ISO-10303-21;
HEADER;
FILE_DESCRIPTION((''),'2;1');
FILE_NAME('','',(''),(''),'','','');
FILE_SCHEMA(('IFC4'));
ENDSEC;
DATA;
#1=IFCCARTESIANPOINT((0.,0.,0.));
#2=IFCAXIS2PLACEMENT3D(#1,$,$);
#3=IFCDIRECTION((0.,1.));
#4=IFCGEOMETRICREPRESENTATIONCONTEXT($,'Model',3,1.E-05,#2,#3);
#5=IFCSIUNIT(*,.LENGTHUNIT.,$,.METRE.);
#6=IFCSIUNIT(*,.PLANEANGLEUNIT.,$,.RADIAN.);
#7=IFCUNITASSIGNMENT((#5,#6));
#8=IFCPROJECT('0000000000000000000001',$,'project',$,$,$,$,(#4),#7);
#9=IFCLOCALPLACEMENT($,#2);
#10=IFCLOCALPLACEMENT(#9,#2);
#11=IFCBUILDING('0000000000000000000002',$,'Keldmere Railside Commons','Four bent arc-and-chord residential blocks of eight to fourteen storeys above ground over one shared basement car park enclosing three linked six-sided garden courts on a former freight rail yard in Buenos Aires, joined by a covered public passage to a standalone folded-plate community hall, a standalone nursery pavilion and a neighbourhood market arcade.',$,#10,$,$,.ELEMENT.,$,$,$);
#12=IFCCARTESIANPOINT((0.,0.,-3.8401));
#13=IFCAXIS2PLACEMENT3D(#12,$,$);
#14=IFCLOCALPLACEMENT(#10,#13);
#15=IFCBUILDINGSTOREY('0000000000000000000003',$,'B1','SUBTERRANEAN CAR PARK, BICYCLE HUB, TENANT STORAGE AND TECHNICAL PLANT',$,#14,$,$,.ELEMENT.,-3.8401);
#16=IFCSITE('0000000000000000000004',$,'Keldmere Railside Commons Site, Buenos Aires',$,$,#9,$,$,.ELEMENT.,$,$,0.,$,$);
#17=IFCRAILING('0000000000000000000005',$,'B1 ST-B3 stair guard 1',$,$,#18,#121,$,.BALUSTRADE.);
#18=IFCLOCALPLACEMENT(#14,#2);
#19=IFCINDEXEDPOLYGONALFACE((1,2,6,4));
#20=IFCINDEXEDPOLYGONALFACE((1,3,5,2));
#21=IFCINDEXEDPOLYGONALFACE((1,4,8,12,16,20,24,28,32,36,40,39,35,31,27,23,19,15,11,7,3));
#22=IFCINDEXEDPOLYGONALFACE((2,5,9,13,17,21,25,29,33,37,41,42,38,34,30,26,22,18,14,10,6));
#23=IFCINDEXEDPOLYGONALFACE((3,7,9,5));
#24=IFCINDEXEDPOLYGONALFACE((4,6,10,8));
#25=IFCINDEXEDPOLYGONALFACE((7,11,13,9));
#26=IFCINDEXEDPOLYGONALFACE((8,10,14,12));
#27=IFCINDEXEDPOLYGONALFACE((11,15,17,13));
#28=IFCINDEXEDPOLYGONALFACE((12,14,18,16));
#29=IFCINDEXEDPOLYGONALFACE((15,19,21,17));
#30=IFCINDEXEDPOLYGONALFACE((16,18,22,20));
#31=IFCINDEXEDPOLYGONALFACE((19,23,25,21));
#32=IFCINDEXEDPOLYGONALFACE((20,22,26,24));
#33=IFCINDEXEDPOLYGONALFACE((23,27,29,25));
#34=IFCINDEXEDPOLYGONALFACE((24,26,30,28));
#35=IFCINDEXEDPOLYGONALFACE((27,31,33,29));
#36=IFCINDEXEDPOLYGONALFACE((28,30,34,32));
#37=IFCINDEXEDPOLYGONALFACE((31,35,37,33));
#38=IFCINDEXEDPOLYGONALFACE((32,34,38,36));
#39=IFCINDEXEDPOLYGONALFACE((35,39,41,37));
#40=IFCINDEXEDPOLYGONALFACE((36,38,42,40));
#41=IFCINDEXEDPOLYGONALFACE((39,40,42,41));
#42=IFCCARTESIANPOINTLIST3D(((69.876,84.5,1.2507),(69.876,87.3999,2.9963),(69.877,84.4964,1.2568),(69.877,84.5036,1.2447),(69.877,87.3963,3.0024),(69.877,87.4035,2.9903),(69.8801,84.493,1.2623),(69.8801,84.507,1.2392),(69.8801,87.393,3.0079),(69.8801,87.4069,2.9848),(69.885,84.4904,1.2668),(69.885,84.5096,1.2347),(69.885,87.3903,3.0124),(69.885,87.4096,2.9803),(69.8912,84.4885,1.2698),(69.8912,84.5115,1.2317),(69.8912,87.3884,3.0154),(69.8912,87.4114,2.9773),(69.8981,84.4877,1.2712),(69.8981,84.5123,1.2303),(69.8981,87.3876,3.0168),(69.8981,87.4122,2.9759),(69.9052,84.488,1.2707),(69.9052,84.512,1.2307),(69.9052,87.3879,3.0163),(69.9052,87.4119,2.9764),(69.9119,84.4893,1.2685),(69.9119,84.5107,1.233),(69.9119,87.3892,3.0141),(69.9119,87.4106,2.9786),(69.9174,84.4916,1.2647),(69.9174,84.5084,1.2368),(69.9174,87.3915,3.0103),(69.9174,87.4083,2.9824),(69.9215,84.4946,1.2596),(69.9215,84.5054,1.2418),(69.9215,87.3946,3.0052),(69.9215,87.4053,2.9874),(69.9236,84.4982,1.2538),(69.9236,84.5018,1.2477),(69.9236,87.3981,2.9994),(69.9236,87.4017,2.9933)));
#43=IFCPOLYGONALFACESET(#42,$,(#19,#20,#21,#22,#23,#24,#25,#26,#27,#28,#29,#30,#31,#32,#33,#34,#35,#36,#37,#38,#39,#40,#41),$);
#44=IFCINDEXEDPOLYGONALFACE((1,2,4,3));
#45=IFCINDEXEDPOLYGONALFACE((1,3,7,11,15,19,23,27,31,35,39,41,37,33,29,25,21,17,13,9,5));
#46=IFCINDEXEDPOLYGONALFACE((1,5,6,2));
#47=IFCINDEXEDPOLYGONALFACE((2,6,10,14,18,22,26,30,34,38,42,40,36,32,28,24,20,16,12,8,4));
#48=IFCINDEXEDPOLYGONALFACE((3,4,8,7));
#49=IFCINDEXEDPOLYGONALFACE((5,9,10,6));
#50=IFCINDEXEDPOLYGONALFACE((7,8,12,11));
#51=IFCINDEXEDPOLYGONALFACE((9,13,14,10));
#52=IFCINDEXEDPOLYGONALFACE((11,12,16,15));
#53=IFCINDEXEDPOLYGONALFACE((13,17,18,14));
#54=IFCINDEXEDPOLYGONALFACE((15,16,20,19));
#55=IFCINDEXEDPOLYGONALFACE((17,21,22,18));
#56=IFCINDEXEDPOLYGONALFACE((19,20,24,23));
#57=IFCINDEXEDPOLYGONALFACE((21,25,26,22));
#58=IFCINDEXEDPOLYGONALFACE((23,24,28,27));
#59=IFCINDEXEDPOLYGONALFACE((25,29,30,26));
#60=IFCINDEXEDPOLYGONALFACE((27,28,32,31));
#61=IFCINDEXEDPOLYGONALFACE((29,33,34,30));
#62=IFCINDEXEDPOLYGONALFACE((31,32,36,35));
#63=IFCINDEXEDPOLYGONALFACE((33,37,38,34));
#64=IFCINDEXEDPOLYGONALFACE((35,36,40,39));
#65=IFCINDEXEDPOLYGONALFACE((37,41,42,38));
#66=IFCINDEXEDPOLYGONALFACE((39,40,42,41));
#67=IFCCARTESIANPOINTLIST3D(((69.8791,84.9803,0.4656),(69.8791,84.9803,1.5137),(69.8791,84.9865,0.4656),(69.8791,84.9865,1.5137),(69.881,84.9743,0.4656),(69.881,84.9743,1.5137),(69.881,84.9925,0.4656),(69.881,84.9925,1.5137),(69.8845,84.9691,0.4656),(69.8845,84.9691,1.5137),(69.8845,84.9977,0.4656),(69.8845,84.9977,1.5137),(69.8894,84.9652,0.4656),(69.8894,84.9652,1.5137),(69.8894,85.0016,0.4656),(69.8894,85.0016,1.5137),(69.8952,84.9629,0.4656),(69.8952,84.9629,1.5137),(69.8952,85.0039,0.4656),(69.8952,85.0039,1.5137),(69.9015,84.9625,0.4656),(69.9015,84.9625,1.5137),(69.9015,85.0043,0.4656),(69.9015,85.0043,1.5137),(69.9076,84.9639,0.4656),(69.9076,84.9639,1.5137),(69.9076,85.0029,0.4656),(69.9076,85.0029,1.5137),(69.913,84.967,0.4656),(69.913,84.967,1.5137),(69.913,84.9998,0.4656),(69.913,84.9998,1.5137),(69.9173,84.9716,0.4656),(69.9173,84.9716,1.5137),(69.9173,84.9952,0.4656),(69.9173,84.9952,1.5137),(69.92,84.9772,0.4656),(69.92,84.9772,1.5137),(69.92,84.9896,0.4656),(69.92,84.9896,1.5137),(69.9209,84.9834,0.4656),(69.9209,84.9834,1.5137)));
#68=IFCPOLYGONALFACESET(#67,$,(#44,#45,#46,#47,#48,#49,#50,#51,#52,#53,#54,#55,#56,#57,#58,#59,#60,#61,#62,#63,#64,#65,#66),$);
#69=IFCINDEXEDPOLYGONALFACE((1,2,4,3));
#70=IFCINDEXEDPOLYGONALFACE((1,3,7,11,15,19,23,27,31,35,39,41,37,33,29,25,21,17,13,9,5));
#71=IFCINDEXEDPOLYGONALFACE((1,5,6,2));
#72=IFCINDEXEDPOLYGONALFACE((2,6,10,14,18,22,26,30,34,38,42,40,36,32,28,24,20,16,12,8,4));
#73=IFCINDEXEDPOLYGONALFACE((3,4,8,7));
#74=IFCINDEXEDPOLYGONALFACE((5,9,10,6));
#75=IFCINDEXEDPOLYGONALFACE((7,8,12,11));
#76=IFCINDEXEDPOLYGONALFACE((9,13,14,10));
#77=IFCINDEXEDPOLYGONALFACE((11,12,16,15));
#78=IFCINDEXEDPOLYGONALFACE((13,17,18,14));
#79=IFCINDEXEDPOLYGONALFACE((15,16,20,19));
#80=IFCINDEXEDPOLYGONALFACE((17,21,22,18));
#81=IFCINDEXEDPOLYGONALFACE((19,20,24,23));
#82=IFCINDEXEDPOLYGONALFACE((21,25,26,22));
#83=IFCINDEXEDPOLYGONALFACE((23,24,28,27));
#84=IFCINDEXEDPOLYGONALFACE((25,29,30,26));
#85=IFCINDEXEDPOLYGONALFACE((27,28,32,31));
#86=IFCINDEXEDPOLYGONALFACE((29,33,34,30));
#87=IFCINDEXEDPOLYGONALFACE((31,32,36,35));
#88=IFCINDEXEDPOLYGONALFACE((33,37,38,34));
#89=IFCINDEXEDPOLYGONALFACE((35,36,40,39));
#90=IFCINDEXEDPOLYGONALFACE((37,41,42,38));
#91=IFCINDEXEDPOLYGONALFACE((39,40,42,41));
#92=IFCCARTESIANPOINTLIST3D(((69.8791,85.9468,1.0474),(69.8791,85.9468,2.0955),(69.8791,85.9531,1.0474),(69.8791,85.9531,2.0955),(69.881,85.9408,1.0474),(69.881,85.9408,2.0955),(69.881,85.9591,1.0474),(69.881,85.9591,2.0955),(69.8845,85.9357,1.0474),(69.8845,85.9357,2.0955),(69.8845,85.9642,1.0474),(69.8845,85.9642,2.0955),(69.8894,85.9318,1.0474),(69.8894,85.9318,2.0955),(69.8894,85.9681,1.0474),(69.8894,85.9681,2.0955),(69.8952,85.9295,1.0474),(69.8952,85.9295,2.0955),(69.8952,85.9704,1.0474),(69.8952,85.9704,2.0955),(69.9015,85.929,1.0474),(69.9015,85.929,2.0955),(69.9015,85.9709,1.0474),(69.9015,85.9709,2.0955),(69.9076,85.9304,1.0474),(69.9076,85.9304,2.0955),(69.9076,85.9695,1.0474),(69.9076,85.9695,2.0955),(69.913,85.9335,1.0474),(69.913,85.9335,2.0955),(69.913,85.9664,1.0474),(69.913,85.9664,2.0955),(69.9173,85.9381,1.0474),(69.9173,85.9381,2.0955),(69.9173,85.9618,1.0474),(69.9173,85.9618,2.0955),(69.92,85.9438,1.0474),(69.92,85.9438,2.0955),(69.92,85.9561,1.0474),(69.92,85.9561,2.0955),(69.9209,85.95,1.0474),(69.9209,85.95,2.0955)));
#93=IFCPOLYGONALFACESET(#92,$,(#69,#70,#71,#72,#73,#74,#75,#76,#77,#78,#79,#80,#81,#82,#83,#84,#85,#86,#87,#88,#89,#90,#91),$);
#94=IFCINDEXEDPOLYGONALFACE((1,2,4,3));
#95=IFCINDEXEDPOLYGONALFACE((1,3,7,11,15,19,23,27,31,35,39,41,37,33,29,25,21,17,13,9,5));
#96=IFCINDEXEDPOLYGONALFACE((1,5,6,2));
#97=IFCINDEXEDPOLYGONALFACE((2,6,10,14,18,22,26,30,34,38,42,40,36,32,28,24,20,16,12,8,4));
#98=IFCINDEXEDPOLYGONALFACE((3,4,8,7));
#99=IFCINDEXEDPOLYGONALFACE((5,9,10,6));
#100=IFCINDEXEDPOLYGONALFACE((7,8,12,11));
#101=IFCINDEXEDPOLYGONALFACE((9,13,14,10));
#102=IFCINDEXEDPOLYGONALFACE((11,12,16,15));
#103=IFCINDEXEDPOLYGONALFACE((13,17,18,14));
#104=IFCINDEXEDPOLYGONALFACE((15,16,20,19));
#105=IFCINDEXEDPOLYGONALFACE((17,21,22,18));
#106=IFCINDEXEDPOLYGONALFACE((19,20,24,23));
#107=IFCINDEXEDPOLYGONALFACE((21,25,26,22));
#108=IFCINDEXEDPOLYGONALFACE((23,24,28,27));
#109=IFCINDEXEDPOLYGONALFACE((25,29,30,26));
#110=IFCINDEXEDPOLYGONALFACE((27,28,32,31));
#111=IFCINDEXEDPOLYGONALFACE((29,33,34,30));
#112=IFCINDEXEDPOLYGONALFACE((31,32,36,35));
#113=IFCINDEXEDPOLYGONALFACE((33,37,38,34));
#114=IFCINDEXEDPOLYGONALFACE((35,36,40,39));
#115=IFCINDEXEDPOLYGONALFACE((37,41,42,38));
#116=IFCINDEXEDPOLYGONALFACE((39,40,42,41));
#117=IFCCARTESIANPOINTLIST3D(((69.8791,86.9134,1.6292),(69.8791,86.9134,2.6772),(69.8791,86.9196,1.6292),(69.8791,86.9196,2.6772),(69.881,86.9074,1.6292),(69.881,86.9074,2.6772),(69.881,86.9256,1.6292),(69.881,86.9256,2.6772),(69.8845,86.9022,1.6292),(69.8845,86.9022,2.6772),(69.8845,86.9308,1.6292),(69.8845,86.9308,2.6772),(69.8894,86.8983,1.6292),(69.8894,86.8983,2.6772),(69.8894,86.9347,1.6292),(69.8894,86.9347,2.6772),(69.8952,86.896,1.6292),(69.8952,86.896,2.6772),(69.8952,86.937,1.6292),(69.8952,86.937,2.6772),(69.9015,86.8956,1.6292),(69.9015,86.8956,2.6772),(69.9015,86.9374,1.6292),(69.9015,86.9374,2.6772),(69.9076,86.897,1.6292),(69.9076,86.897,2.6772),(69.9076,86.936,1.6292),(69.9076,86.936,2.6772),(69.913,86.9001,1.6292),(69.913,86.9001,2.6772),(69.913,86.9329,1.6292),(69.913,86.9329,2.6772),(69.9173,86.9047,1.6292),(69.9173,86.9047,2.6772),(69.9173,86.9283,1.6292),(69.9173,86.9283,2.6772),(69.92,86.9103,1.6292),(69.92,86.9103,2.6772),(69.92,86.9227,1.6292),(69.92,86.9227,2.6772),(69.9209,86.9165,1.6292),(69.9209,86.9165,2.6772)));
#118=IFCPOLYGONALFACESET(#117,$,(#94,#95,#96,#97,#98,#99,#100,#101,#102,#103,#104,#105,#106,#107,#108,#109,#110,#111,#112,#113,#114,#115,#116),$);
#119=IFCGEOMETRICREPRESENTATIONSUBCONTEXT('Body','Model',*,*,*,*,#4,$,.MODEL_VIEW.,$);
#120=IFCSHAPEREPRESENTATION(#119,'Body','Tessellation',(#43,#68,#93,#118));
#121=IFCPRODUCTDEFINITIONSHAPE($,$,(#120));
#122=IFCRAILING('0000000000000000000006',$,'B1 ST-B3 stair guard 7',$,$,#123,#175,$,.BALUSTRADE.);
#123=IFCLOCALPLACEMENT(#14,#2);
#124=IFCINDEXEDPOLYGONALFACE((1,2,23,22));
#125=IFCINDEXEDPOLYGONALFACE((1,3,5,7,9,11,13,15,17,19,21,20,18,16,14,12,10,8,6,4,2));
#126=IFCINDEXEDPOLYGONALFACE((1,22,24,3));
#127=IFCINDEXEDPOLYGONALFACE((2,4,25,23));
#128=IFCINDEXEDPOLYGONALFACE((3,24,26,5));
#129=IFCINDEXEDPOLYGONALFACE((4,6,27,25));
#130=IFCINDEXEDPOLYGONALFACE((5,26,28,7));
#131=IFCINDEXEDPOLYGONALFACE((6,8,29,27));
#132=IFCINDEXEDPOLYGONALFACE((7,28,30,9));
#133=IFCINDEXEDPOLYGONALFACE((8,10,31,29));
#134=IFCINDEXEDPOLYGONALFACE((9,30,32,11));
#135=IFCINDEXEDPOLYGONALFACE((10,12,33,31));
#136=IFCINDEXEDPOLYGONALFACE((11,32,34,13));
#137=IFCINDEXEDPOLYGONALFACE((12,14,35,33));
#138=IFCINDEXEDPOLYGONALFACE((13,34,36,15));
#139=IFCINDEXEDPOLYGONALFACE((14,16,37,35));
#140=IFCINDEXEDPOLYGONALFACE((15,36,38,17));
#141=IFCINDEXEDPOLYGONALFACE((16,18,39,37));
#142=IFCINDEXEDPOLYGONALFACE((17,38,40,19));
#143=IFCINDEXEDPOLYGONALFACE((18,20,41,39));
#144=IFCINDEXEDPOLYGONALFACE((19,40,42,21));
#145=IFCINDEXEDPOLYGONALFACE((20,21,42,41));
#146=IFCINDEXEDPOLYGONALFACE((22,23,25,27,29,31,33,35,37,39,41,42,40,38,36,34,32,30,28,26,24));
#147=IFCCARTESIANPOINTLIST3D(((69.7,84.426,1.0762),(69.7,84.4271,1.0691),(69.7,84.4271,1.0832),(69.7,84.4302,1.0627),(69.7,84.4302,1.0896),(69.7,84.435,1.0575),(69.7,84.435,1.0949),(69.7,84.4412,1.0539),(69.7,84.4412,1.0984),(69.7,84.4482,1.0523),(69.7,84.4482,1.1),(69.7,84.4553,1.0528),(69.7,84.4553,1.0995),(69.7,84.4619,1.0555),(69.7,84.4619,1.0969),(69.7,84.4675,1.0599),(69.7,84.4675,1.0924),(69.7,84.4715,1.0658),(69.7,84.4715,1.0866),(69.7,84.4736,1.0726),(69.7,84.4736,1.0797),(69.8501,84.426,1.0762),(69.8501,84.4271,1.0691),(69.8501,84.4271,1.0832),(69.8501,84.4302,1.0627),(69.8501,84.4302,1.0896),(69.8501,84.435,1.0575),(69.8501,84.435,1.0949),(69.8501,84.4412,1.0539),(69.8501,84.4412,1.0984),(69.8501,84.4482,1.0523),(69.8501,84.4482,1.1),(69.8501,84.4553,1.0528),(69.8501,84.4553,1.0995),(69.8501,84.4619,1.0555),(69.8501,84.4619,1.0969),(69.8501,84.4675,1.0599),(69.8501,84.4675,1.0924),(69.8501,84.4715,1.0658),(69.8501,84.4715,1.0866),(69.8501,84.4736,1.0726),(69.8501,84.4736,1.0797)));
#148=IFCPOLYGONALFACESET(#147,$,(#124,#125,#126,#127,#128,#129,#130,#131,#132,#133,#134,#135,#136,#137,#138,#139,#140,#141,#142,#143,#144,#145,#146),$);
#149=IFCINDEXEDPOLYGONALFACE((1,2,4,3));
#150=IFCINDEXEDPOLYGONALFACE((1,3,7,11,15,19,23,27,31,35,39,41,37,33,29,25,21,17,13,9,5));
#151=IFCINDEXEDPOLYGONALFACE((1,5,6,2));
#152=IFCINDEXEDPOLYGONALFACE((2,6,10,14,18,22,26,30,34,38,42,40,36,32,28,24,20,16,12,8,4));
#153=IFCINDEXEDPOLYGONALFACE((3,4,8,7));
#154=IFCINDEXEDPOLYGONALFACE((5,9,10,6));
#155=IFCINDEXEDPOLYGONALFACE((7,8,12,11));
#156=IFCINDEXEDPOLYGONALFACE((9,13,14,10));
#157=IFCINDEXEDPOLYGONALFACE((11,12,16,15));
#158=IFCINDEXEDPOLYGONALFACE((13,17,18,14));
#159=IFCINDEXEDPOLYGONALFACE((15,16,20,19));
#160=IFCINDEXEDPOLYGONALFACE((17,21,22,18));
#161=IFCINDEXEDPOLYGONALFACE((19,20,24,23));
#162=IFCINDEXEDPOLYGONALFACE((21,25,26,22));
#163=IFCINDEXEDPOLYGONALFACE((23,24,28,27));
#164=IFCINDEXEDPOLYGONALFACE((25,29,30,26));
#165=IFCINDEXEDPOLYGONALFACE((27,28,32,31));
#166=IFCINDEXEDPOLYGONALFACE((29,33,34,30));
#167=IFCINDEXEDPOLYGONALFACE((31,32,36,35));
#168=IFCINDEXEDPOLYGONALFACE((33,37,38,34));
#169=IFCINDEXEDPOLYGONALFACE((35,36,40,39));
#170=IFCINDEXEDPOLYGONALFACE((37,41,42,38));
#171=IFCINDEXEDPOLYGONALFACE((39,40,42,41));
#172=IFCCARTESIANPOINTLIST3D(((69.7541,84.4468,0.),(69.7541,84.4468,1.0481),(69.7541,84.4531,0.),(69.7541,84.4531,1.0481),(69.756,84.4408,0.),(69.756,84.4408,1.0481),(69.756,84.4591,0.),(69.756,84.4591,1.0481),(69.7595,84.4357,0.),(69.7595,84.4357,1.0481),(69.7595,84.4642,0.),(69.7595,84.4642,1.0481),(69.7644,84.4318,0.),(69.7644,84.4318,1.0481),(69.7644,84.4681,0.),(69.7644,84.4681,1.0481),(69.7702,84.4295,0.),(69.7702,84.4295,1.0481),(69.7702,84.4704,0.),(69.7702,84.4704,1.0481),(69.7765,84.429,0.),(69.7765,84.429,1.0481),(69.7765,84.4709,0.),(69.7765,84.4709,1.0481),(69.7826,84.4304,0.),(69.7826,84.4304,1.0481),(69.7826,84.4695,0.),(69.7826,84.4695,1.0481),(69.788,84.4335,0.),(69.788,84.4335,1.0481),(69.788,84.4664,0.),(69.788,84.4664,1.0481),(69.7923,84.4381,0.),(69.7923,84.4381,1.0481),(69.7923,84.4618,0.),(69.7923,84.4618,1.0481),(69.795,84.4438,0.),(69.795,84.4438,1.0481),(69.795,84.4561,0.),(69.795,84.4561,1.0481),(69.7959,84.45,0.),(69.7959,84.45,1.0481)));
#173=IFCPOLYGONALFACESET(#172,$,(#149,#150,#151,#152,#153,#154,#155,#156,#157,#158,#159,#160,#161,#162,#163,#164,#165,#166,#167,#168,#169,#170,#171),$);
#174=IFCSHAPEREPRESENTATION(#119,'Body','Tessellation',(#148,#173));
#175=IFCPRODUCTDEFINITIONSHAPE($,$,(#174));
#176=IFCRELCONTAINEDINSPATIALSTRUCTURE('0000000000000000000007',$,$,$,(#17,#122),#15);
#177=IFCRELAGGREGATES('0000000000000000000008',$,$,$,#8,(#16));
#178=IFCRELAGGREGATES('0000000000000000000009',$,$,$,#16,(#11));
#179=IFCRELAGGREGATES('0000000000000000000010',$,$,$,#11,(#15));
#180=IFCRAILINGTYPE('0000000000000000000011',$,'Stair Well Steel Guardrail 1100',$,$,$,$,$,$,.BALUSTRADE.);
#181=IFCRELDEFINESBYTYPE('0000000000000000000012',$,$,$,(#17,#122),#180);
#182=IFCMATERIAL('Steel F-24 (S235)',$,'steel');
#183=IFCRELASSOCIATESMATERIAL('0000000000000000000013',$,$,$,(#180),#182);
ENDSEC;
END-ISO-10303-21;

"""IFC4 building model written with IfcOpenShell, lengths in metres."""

from ifc_helpers import new_model, si_unit, direction, frame, origin, origin_2d, place, context, subcontext, project, spatial, circle, extrude, material, type_object, element, save


model = new_model("IFC4")

# Units and contexts
model_context = context("Model", 3, precision=1e-05, world=origin(), true_north=direction((0.0, 1.0)))
body_context = subcontext(model_context, "Body", "Model", "MODEL_VIEW")
ifc_project = project(units=[si_unit("LENGTHUNIT", "METRE"), si_unit("PLANEANGLEUNIT", "RADIAN")], contexts=[model_context])

# Site, building, storey
site_placement = place(None, origin())
site = spatial("IfcSite", under=ifc_project, at=site_placement, Name="Keldmere Railside Commons Site, Buenos Aires", CompositionType="ELEMENT", RefElevation=0.0)
building_placement = place(site_placement, origin())
building = spatial("IfcBuilding", under=site, at=building_placement, Name="Keldmere Railside Commons", Description="Four bent arc-and-chord residential blocks of eight to fourteen storeys above ground over one shared basement car park enclosing three linked six-sided garden courts on a former freight rail yard in Buenos Aires, joined by a covered public passage to a standalone folded-plate community hall, a standalone nursery pavilion and a neighbourhood market arcade.", CompositionType="ELEMENT")
storey_placement = place(building_placement, frame((0.0, 0.0, -3.8401)))
storey = spatial("IfcBuildingStorey", under=building, at=storey_placement, Name="B1", Description="SUBTERRANEAN CAR PARK, BICYCLE HUB, TENANT STORAGE AND TECHNICAL PLANT", CompositionType="ELEMENT", Elevation=-3.8401)

# Shared definitions
ifc_material_1 = material(Name="Steel F-24 (S235)", Category="steel")

# Railings
railing_type_1 = type_object("IfcRailingType", Name="Stair Well Steel Guardrail 1100", PredefinedType="BALUSTRADE", material=ifc_material_1)
railing_1_placement = place(storey_placement, frame((69.8999, 84.5, 0.1746)))
element("IfcRailing", 1, at=railing_1_placement, inside=storey, type_object=railing_type_1, Name="B1 ST-B3 stair guard 1", PredefinedType="BALUSTRADE", context=body_context, shape_type="SweptSolid", body=[
    extrude(circle(Radius=0.0239, at=origin_2d()), frame((0.0, 0.0, 1.0762), z_axis=(0.0, 0.856754, 0.515726), x_axis=(-1.0, 0.0, 0.0)), (0.0, 0.0, 1.0), 3.3848),
    extrude(circle(Radius=0.021, at=origin_2d()), frame((0.0, 0.4834, 0.291)), (0.0, 0.0, 1.0), 1.0481),
    extrude(circle(Radius=0.021, at=origin_2d()), frame((0.0, 1.45, 0.8728)), (0.0, 0.0, 1.0), 1.0481),
    extrude(circle(Radius=0.021, at=origin_2d()), frame((0.0, 2.4165, 1.4546)), (0.0, 0.0, 1.0), 1.0481),
])
railing_2_placement = place(storey_placement, frame((69.8501, 84.45, 0.0)))
element("IfcRailing", 2, at=railing_2_placement, inside=storey, type_object=railing_type_1, Name="B1 ST-B3 stair guard 7", PredefinedType="BALUSTRADE", context=body_context, shape_type="SweptSolid", body=[
    extrude(circle(Radius=0.0239, at=origin_2d()), frame((0.0, 0.0, 1.0762), z_axis=(-1.0, 0.0, 0.0), x_axis=(0.0, -1.0, 0.0)), (0.0, 0.0, 1.0), 0.1501),
    extrude(circle(Radius=0.021, at=origin_2d()), frame((-0.0752, 0.0, 0.0)), (0.0, 0.0, 1.0), 1.0481),
])

save(model, "model.ifc")
